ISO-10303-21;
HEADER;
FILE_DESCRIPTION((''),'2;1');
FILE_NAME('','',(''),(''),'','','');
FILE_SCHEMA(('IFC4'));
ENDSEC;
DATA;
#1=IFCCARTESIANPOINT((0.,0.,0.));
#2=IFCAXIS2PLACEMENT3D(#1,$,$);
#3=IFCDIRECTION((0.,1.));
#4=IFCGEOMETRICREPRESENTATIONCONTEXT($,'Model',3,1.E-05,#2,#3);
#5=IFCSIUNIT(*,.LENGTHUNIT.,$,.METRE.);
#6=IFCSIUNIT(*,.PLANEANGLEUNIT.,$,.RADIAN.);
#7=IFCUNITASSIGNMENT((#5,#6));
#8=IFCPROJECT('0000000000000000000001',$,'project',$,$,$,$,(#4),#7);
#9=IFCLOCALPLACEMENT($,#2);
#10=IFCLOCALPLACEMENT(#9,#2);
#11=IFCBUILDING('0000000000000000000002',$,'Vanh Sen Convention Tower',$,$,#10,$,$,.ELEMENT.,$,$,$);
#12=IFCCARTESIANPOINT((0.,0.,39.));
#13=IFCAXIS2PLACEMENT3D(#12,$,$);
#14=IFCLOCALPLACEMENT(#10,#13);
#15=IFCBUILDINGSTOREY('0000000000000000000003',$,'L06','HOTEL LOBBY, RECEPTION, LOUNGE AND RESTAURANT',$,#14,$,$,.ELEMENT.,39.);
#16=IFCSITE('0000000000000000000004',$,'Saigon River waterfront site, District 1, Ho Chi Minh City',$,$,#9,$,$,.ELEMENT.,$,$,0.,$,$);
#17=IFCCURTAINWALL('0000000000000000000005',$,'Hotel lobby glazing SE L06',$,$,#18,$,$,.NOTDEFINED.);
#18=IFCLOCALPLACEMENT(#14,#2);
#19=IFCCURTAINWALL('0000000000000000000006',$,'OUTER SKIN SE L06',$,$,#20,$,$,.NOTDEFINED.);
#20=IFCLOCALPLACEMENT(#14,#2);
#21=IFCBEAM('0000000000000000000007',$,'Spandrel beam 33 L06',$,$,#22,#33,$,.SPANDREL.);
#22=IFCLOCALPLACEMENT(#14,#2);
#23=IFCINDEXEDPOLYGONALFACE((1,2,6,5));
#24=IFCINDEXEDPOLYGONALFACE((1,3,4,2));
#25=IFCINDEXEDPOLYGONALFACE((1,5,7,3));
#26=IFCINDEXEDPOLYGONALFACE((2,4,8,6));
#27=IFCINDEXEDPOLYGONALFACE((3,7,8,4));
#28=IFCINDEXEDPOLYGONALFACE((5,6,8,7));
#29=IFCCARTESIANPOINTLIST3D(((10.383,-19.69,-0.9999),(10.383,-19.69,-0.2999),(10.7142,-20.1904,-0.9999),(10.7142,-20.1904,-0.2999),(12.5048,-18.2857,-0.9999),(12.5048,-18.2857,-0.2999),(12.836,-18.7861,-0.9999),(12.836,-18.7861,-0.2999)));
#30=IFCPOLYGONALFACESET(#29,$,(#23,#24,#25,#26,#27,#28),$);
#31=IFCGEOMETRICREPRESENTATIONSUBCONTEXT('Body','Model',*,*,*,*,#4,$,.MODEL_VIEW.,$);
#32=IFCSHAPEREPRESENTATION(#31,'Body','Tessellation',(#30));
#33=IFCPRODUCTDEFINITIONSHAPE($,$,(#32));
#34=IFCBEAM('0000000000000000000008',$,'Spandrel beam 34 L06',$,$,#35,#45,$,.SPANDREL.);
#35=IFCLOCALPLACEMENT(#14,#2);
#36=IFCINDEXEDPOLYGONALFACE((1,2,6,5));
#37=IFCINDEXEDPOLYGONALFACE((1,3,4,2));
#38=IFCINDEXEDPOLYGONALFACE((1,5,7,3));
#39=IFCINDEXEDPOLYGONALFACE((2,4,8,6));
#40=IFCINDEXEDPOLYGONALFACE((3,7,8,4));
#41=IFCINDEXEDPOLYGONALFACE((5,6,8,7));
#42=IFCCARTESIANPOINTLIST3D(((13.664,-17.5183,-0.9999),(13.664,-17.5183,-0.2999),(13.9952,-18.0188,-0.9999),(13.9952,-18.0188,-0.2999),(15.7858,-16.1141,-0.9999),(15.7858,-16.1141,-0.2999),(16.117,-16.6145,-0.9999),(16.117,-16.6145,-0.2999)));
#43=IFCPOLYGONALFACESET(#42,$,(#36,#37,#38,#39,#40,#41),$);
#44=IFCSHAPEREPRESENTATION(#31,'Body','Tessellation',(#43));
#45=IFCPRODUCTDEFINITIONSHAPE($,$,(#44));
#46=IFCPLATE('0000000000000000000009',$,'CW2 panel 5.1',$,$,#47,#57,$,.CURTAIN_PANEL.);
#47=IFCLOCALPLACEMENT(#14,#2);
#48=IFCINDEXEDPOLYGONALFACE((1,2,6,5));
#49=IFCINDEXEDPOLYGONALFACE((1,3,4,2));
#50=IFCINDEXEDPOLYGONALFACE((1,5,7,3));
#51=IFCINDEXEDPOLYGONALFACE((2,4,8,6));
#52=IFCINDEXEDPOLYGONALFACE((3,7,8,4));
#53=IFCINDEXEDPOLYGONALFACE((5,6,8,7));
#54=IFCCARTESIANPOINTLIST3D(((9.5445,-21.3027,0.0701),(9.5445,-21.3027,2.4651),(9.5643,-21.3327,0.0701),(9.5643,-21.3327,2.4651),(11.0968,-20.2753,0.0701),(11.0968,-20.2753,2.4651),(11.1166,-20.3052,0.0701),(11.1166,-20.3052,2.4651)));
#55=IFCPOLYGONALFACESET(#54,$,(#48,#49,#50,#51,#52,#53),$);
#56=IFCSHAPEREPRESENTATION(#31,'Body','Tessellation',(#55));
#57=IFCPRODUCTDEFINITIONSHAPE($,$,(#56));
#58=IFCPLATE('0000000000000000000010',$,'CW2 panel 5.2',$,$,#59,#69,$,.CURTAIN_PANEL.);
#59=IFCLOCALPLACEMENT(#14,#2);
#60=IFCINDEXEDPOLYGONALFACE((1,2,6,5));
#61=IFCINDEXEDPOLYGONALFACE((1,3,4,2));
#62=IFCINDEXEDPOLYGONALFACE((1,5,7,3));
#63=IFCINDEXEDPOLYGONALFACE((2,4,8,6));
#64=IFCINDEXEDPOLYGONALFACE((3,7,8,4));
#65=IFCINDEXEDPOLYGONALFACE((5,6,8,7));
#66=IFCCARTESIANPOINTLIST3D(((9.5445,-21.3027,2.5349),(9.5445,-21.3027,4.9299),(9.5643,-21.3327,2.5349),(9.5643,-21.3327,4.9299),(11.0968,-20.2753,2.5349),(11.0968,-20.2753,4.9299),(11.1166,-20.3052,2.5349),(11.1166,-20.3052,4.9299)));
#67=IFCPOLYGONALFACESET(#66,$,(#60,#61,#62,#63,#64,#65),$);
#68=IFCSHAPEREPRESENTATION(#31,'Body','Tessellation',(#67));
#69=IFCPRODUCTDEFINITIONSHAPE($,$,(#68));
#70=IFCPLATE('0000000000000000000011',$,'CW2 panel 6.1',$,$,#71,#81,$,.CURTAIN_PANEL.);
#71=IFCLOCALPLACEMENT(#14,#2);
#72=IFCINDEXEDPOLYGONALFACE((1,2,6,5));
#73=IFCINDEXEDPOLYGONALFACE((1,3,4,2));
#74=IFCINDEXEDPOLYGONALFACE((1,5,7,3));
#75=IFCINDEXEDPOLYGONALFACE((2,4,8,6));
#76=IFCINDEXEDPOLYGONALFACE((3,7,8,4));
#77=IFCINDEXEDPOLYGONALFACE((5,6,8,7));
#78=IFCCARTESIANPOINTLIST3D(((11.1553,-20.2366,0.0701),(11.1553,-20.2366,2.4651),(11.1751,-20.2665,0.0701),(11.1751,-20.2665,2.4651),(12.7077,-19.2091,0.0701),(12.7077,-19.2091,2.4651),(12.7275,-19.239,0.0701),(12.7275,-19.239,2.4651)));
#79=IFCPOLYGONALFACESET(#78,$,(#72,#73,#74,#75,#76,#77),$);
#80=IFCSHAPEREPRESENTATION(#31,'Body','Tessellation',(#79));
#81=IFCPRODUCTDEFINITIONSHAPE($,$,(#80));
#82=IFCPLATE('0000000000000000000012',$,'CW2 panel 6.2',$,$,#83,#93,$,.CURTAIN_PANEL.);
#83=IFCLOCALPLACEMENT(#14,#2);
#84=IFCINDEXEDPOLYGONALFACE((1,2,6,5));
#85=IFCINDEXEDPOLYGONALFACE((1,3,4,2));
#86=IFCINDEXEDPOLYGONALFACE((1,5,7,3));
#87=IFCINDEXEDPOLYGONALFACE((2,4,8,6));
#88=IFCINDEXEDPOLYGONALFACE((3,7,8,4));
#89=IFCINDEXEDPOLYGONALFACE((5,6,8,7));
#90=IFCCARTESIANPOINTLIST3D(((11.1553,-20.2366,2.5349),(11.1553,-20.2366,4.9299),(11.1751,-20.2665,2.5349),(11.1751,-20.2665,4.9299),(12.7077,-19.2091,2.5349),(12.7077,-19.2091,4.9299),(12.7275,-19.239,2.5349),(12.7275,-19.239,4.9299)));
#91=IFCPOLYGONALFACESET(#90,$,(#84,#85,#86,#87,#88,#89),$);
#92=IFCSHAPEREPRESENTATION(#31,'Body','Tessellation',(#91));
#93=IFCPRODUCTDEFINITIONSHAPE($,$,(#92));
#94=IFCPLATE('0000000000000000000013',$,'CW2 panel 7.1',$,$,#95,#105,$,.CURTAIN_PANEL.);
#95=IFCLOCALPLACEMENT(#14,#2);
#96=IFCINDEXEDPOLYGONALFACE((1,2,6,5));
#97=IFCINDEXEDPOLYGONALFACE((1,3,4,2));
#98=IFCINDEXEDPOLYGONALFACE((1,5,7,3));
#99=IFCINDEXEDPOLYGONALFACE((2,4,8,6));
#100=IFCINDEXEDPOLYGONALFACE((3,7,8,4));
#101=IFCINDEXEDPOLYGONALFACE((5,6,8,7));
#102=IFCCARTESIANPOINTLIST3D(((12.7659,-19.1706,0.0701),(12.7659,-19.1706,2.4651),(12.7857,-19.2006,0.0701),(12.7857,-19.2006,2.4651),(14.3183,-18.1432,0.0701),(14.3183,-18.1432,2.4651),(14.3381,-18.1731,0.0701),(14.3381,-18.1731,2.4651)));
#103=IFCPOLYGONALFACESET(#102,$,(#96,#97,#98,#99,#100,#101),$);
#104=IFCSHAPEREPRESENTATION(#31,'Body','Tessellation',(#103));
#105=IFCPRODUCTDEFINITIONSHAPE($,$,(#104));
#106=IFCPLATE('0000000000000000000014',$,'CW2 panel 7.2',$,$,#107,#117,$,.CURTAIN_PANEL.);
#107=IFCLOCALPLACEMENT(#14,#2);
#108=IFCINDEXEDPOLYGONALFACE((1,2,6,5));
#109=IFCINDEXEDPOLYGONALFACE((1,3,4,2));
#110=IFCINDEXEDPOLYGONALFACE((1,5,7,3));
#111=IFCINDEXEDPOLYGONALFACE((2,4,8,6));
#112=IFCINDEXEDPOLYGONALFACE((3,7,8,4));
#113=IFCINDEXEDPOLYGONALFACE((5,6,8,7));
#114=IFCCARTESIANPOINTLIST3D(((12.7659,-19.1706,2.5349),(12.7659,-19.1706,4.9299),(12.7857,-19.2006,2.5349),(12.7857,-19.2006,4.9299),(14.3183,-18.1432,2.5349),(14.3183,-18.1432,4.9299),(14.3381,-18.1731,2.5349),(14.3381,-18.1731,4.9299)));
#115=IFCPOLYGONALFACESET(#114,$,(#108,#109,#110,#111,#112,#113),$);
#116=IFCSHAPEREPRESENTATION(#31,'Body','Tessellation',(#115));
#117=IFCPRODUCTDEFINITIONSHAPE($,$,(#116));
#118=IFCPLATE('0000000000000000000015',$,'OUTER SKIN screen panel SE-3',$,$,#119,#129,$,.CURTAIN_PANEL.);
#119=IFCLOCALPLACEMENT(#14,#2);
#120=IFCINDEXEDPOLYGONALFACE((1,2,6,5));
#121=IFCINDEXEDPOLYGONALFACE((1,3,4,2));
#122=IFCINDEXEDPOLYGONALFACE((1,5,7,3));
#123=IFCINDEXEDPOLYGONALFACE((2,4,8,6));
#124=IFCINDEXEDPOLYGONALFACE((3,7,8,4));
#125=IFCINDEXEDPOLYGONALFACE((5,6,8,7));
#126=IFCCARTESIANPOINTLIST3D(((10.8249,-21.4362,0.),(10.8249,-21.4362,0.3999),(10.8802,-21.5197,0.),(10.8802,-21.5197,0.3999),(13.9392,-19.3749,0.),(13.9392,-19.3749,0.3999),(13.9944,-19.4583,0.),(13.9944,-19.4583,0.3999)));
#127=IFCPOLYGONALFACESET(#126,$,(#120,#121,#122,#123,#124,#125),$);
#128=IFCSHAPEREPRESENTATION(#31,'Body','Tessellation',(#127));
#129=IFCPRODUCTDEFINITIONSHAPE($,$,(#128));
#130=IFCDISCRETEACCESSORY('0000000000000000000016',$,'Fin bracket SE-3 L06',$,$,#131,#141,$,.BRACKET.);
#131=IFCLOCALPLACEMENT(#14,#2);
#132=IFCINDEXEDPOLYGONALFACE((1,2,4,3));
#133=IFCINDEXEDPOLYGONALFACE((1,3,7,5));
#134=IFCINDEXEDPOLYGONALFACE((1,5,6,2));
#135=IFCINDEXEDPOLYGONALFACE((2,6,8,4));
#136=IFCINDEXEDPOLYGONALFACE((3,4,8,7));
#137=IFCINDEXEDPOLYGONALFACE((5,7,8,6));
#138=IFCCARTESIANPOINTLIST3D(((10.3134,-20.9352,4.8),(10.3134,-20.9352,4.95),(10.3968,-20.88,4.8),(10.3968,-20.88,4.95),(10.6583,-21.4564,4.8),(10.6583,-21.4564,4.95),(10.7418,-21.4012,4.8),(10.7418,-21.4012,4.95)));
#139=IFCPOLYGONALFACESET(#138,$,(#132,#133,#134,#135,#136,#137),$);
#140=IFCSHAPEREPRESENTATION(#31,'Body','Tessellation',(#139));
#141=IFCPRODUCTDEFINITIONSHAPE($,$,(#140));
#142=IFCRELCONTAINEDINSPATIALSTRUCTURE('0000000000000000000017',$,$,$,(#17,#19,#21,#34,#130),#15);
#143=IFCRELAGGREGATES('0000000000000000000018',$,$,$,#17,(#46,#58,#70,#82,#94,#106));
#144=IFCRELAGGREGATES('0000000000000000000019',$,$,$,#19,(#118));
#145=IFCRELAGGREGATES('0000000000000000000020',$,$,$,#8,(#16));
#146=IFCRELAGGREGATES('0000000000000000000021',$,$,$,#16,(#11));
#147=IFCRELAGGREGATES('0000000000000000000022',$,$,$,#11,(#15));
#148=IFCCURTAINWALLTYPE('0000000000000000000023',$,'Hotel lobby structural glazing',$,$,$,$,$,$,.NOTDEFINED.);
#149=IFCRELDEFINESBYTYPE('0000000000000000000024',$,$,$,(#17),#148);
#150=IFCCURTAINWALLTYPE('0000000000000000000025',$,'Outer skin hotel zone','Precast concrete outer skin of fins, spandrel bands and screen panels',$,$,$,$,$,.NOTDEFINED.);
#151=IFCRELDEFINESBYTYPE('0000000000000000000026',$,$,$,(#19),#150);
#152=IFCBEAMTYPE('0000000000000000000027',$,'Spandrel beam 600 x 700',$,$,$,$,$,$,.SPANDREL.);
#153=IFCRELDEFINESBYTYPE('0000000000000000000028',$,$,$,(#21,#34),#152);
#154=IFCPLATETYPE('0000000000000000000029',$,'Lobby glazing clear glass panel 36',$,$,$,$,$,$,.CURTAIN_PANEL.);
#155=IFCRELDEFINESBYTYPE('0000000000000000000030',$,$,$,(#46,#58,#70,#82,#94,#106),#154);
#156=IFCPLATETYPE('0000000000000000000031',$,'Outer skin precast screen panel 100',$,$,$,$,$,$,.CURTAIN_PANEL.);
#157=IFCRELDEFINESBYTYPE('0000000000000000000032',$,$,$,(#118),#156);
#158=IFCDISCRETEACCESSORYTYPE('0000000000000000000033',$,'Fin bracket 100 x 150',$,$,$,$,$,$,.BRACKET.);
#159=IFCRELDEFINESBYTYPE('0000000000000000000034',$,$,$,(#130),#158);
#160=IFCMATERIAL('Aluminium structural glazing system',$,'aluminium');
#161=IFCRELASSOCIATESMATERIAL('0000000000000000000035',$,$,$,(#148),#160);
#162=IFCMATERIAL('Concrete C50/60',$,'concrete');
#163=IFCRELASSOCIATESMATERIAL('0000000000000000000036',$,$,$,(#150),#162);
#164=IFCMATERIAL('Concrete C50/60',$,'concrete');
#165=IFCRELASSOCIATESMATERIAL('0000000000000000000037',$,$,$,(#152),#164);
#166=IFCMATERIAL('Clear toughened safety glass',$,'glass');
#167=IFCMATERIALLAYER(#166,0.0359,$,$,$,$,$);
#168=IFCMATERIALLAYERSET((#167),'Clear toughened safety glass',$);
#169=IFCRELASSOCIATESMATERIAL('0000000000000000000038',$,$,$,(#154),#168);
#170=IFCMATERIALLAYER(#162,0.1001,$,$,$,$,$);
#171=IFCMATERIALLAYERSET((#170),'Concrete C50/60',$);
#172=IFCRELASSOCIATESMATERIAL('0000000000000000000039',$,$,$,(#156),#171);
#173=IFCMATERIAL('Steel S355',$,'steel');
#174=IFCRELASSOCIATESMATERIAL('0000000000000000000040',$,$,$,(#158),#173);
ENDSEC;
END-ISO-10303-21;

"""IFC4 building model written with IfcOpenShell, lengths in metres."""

from ifc_helpers import new_model, si_unit, direction, frame, origin, origin_2d, place, context, subcontext, project, spatial, rectangle, extrude, material, layer, layer_set, material_profile, profile_set, type_object, element, aggregate, save


model = new_model("IFC4")

# Units and contexts
model_context = context("Model", 3, precision=1e-05, world=origin(), true_north=direction((0.0, 1.0)))
body_context = subcontext(model_context, "Body", "Model", "MODEL_VIEW")
ifc_project = project(units=[si_unit("LENGTHUNIT", "METRE"), si_unit("PLANEANGLEUNIT", "RADIAN")], contexts=[model_context])

# Site, building, storey
site_placement = place(None, origin())
site = spatial("IfcSite", under=ifc_project, at=site_placement, Name="Saigon River waterfront site, District 1, Ho Chi Minh City", CompositionType="ELEMENT", RefElevation=0.0)
building_placement = place(site_placement, origin())
building = spatial("IfcBuilding", under=site, at=building_placement, Name="Vanh Sen Convention Tower", CompositionType="ELEMENT")
storey_placement = place(building_placement, frame((0.0, 0.0, 39.0)))
storey = spatial("IfcBuildingStorey", under=building, at=storey_placement, Name="L06", Description="HOTEL LOBBY, RECEPTION, LOUNGE AND RESTAURANT", CompositionType="ELEMENT", Elevation=39.0)

# Curtain walls
ifc_material_1 = material(Name="Aluminium structural glazing system", Category="aluminium")
curtain_wall_type_1 = type_object("IfcCurtainWallType", Name="Hotel lobby structural glazing", PredefinedType="NOTDEFINED", material=ifc_material_1)
curtain_wall_1_placement = place(storey_placement, origin())
curtain_wall_1 = element("IfcCurtainWall", 1, at=curtain_wall_1_placement, inside=storey, type_object=curtain_wall_type_1, Name="Hotel lobby glazing SE L06", PredefinedType="NOTDEFINED")
ifc_material_2 = material(Name="Concrete C50/60", Category="concrete")
curtain_wall_type_2 = type_object("IfcCurtainWallType", Name="Outer skin hotel zone", Description="Precast concrete outer skin of fins, spandrel bands and screen panels", PredefinedType="NOTDEFINED", material=ifc_material_2)
curtain_wall_2_placement = place(storey_placement, origin())
curtain_wall_2 = element("IfcCurtainWall", 2, at=curtain_wall_2_placement, inside=storey, type_object=curtain_wall_type_2, Name="OUTER SKIN SE L06", PredefinedType="NOTDEFINED")

# Beams
ifc_material_3 = material(Name="Concrete C50/60", Category="concrete")
ifc_material_profile_1 = material_profile(ifc_material_3, rectangle(XDim=0.6001, YDim=0.7, at=origin_2d()), Name="RC 600X700")
ifc_profile_set_1 = profile_set([ifc_material_profile_1], Name="Concrete C50/60")
beam_type_1 = type_object("IfcBeamType", Name="Spandrel beam 600 x 700", PredefinedType="SPANDREL", material=ifc_profile_set_1)
for number, where, z_axis, x_axis, name in (
    (3, (10.5486, -19.9402, -0.6499), (0.833906, 0.551907, 0.0), (-0.551907, 0.833906, 0.0), "Spandrel beam 33 L06"),
    (4, (13.8296, -17.7686, -0.6499), (0.833906, 0.551907, 0.0), (-0.551907, 0.833906, 0.0), "Spandrel beam 34 L06"),
):
    element("IfcBeam", number, at=place(storey_placement, frame(where, z_axis=z_axis, x_axis=x_axis)), inside=storey, type_object=beam_type_1, Name=name, PredefinedType="SPANDREL", context=body_context, shape_type="SweptSolid", body=[
        extrude(rectangle(XDim=0.6001, YDim=0.7, at=origin_2d()), origin(), (0.0, 0.0, 1.0), 2.5444),
    ])

# Plates
ifc_material_4 = material(Name="Clear toughened safety glass", Category="glass")
ifc_layer_1 = layer(ifc_material_4, 0.0359)
ifc_layer_set_1 = layer_set([ifc_layer_1], Name="Clear toughened safety glass")
plate_type_1 = type_object("IfcPlateType", Name="Lobby glazing clear glass panel 36", PredefinedType="CURTAIN_PANEL", material=ifc_layer_set_1)
plate_1_placement = place(storey_placement, frame((10.3306, -20.804, 0.0701), z_axis=(0.0, 0.0, 1.0), x_axis=(0.833886, 0.551937, 0.0)))
plate_1 = element("IfcPlate", 5, at=plate_1_placement, type_object=plate_type_1, Name="CW2 panel 5.1", PredefinedType="CURTAIN_PANEL", context=body_context, shape_type="SweptSolid", body=[
    extrude(rectangle(XDim=1.8616, YDim=0.0359, at=origin_2d()), origin(), (0.0, 0.0, 1.0), 2.395),
])
plate_2_placement = place(storey_placement, frame((10.3306, -20.804, 2.5349), z_axis=(0.0, 0.0, 1.0), x_axis=(0.833886, 0.551937, 0.0)))
plate_2 = element("IfcPlate", 6, at=plate_2_placement, type_object=plate_type_1, Name="CW2 panel 5.2", PredefinedType="CURTAIN_PANEL", context=body_context, shape_type="SweptSolid", body=[
    extrude(rectangle(XDim=1.8616, YDim=0.0359, at=origin_2d()), origin(), (0.0, 0.0, 1.0), 2.395),
])
plate_3_placement = place(storey_placement, frame((11.9414, -19.7378, 0.0701), z_axis=(0.0, 0.0, 1.0), x_axis=(0.833886, 0.551937, 0.0)))
plate_3 = element("IfcPlate", 7, at=plate_3_placement, type_object=plate_type_1, Name="CW2 panel 6.1", PredefinedType="CURTAIN_PANEL", context=body_context, shape_type="SweptSolid", body=[
    extrude(rectangle(XDim=1.8616, YDim=0.0359, at=origin_2d()), origin(), (0.0, 0.0, 1.0), 2.395),
])
plate_4_placement = place(storey_placement, frame((11.9414, -19.7378, 2.5349), z_axis=(0.0, 0.0, 1.0), x_axis=(0.833886, 0.551937, 0.0)))
plate_4 = element("IfcPlate", 8, at=plate_4_placement, type_object=plate_type_1, Name="CW2 panel 6.2", PredefinedType="CURTAIN_PANEL", context=body_context, shape_type="SweptSolid", body=[
    extrude(rectangle(XDim=1.8616, YDim=0.0359, at=origin_2d()), origin(), (0.0, 0.0, 1.0), 2.395),
])
plate_5_placement = place(storey_placement, frame((13.552, -18.6719, 0.0701), z_axis=(0.0, 0.0, 1.0), x_axis=(0.833886, 0.551937, 0.0)))
plate_5 = element("IfcPlate", 9, at=plate_5_placement, type_object=plate_type_1, Name="CW2 panel 7.1", PredefinedType="CURTAIN_PANEL", context=body_context, shape_type="SweptSolid", body=[
    extrude(rectangle(XDim=1.8616, YDim=0.0359, at=origin_2d()), origin(), (0.0, 0.0, 1.0), 2.395),
])
plate_6_placement = place(storey_placement, frame((13.552, -18.6719, 2.5349), z_axis=(0.0, 0.0, 1.0), x_axis=(0.833886, 0.551937, 0.0)))
plate_6 = element("IfcPlate", 10, at=plate_6_placement, type_object=plate_type_1, Name="CW2 panel 7.2", PredefinedType="CURTAIN_PANEL", context=body_context, shape_type="SweptSolid", body=[
    extrude(rectangle(XDim=1.8616, YDim=0.0359, at=origin_2d()), origin(), (0.0, 0.0, 1.0), 2.395),
])
aggregate(curtain_wall_1, [plate_1, plate_2, plate_3, plate_4, plate_5, plate_6])
ifc_layer_2 = layer(ifc_material_2, 0.1001)
ifc_layer_set_2 = layer_set([ifc_layer_2], Name="Concrete C50/60")
plate_type_2 = type_object("IfcPlateType", Name="Outer skin precast screen panel 100", PredefinedType="CURTAIN_PANEL", material=ifc_layer_set_2)
plate_7_placement = place(storey_placement, frame((12.4097, -20.4473, 0.0), z_axis=(0.0, 0.0, 1.0), x_axis=(0.83388, 0.551946, 0.0)))
plate_7 = element("IfcPlate", 11, at=plate_7_placement, type_object=plate_type_2, Name="OUTER SKIN screen panel SE-3", PredefinedType="CURTAIN_PANEL", context=body_context, shape_type="SweptSolid", body=[
    extrude(rectangle(XDim=3.7346, YDim=0.1001, at=origin_2d()), origin(), (0.0, 0.0, 1.0), 0.3999),
])
aggregate(curtain_wall_2, [plate_7])

# Discrete accessory
ifc_material_5 = material(Name="Steel S355", Category="steel")
discrete_accessory_type = type_object("IfcDiscreteAccessoryType", Name="Fin bracket 100 x 150", PredefinedType="BRACKET", material=ifc_material_5)
discrete_accessory_placement = place(storey_placement, frame((10.5276, -21.1682, 4.8), z_axis=(0.0, 0.0, 1.0), x_axis=(0.551937, -0.833886, 0.0)))
element("IfcDiscreteAccessory", 12, at=discrete_accessory_placement, inside=storey, type_object=discrete_accessory_type, Name="Fin bracket SE-3 L06", PredefinedType="BRACKET", context=body_context, shape_type="SweptSolid", body=[
    extrude(rectangle(XDim=0.625, YDim=0.1001, at=origin_2d()), origin(), (0.0, 0.0, 1.0), 0.1499),
])

save(model, "model.ifc")
